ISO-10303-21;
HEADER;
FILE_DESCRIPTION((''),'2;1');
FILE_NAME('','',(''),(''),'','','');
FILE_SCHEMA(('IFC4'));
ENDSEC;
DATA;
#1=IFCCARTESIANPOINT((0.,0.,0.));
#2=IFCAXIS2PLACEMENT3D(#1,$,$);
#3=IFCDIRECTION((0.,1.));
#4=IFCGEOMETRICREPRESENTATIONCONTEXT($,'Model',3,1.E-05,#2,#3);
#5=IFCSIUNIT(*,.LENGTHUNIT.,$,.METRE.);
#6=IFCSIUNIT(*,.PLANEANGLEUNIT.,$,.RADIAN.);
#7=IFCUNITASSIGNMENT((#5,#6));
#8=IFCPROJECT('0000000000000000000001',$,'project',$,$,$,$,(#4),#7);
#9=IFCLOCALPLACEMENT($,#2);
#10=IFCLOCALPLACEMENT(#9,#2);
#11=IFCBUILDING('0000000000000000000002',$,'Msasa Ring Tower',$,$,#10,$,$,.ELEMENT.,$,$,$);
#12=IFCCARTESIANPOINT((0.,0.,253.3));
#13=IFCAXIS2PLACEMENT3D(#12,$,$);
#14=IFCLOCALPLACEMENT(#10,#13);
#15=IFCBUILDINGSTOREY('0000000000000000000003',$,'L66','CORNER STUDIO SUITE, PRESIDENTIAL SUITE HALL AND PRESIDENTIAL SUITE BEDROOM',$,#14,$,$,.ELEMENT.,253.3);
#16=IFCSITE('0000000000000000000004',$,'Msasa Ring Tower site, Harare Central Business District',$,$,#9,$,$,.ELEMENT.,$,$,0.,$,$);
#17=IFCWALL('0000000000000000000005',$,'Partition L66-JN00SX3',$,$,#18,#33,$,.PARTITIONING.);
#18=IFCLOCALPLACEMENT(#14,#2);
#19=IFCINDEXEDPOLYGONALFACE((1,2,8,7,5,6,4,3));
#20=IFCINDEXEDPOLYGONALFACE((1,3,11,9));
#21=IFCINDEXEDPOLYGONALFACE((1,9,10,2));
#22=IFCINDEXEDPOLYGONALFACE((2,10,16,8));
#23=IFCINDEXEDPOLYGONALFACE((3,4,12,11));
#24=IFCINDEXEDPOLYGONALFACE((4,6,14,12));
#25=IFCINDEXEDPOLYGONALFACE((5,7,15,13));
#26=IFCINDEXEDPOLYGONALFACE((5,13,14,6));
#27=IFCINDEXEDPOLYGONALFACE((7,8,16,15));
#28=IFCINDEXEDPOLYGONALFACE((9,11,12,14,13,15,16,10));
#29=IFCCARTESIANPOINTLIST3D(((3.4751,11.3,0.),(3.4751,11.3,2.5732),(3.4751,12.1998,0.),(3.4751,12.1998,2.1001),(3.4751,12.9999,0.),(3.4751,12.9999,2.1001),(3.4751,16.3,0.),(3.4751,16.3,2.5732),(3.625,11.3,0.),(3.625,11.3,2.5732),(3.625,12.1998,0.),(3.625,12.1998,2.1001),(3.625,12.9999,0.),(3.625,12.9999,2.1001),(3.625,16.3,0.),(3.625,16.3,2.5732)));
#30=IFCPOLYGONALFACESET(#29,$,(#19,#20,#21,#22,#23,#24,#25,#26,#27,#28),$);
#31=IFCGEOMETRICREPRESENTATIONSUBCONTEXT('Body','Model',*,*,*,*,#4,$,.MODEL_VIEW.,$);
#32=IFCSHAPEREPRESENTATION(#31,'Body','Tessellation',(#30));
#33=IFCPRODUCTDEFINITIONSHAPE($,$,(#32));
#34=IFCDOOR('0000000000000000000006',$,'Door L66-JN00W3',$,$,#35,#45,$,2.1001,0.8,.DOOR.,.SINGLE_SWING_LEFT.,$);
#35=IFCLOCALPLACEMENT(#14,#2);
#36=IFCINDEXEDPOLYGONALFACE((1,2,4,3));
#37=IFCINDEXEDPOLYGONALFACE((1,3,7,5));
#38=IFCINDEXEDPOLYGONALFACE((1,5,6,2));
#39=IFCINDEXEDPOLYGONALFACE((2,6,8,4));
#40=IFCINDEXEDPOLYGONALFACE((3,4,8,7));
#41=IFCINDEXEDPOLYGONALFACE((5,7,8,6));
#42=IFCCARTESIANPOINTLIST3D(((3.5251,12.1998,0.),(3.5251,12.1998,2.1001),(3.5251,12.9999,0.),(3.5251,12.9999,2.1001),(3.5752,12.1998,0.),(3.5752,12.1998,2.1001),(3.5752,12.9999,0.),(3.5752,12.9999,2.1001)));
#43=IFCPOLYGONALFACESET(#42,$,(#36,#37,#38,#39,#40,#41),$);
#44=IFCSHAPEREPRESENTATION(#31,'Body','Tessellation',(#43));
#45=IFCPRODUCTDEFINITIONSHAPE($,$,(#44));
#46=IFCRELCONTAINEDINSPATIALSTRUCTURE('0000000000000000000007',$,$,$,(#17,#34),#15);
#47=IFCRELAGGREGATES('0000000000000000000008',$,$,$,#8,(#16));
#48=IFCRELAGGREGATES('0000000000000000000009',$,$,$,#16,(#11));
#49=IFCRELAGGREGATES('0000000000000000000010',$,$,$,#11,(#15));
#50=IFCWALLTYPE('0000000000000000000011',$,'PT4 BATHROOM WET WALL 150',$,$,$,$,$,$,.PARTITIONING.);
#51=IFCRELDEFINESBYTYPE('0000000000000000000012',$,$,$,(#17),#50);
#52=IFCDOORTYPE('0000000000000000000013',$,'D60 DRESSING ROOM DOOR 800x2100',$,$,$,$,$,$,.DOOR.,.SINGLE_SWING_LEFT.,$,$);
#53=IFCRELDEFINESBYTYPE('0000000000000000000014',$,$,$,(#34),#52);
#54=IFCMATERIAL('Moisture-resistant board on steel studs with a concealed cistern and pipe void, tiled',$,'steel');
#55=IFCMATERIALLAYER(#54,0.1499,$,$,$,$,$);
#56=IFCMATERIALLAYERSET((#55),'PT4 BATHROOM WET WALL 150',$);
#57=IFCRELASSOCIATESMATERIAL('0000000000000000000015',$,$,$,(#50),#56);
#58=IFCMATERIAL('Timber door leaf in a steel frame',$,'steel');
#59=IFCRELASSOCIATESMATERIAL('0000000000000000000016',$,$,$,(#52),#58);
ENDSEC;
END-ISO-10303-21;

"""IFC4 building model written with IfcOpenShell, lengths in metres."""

from ifc_helpers import new_model, si_unit, direction, frame, frame_2d, origin, place, context, subcontext, project, spatial, rectangle, extrude, material, layer, layer_set, type_object, element, fill, save


model = new_model("IFC4")

# Units and contexts
model_context = context("Model", 3, precision=1e-05, world=origin(), true_north=direction((0.0, 1.0)))
body_context = subcontext(model_context, "Body", "Model", "MODEL_VIEW")
ifc_project = project(units=[si_unit("LENGTHUNIT", "METRE"), si_unit("PLANEANGLEUNIT", "RADIAN")], contexts=[model_context])

# Site, building, storey
site_placement = place(None, origin())
site = spatial("IfcSite", under=ifc_project, at=site_placement, Name="Msasa Ring Tower site, Harare Central Business District", CompositionType="ELEMENT", RefElevation=0.0)
building_placement = place(site_placement, origin())
building = spatial("IfcBuilding", under=site, at=building_placement, Name="Msasa Ring Tower", CompositionType="ELEMENT")
storey_placement = place(building_placement, frame((0.0, 0.0, 253.3)))
storey = spatial("IfcBuildingStorey", under=building, at=storey_placement, Name="L66", Description="CORNER STUDIO SUITE, PRESIDENTIAL SUITE HALL AND PRESIDENTIAL SUITE BEDROOM", CompositionType="ELEMENT", Elevation=253.3)

# Wall, opening, door
ifc_material_1 = material(Name="Moisture-resistant board on steel studs with a concealed cistern and pipe void, tiled", Category="steel")
ifc_layer_1 = layer(ifc_material_1, 0.1499)
ifc_layer_set_1 = layer_set([ifc_layer_1], Name="PT4 BATHROOM WET WALL 150")
wall_type_1 = type_object("IfcWallType", Name="PT4 BATHROOM WET WALL 150", PredefinedType="PARTITIONING", material=ifc_layer_set_1)
wall_1_placement = place(storey_placement, frame((3.55, 11.3, 0.0), z_axis=(0.0, 0.0, 1.0), x_axis=(0.0, 1.0, 0.0)))
wall_1 = element("IfcWall", 1, at=wall_1_placement, inside=storey, type_object=wall_type_1, Name="Partition L66-JN00SX3", PredefinedType="PARTITIONING", context=body_context, shape_type="SweptSolid", body=[
    extrude(rectangle(XDim=5.0, YDim=0.1499, at=frame_2d((2.5, 0.0))), origin(), (0.0, 0.0, 1.0), 2.5732),
])
opening_1_placement = place(wall_1_placement, frame((0.8999, 0.0, 0.0)))
opening_1 = element("IfcOpeningElement", 2, at=opening_1_placement, cuts=wall_1, PredefinedType="OPENING", context=body_context, shape_type="SweptSolid", body=[
    extrude(rectangle(XDim=0.8, YDim=2.1001, at=frame_2d((0.3999, 1.05))), frame((0.0, 0.085, 0.0), z_axis=(0.0, -1.0, 0.0), x_axis=(1.0, 0.0, 0.0)), (0.0, 0.0, 1.0), 0.1699),
])
ifc_material_2 = material(Name="Timber door leaf in a steel frame", Category="steel")
door_type_1 = type_object("IfcDoorType", Name="D60 DRESSING ROOM DOOR 800x2100", OperationType="SINGLE_SWING_LEFT", PredefinedType="DOOR", material=ifc_material_2)
door_1_placement = place(opening_1_placement, origin())
door_1 = element("IfcDoor", 3, at=door_1_placement, inside=storey, type_object=door_type_1, Name="Door L66-JN00W3", OperationType="SINGLE_SWING_LEFT", OverallHeight=2.1001, OverallWidth=0.8, PredefinedType="DOOR", context=body_context, shape_type="SweptSolid", body=[
    extrude(rectangle(XDim=0.8, YDim=2.1001, at=frame_2d((0.3999, 1.05))), frame((0.0, 0.0249, 0.0), z_axis=(0.0, -1.0, 0.0), x_axis=(1.0, 0.0, 0.0)), (0.0, 0.0, 1.0), 0.05),
])
fill(opening_1, door_1)

save(model, "model.ifc")
